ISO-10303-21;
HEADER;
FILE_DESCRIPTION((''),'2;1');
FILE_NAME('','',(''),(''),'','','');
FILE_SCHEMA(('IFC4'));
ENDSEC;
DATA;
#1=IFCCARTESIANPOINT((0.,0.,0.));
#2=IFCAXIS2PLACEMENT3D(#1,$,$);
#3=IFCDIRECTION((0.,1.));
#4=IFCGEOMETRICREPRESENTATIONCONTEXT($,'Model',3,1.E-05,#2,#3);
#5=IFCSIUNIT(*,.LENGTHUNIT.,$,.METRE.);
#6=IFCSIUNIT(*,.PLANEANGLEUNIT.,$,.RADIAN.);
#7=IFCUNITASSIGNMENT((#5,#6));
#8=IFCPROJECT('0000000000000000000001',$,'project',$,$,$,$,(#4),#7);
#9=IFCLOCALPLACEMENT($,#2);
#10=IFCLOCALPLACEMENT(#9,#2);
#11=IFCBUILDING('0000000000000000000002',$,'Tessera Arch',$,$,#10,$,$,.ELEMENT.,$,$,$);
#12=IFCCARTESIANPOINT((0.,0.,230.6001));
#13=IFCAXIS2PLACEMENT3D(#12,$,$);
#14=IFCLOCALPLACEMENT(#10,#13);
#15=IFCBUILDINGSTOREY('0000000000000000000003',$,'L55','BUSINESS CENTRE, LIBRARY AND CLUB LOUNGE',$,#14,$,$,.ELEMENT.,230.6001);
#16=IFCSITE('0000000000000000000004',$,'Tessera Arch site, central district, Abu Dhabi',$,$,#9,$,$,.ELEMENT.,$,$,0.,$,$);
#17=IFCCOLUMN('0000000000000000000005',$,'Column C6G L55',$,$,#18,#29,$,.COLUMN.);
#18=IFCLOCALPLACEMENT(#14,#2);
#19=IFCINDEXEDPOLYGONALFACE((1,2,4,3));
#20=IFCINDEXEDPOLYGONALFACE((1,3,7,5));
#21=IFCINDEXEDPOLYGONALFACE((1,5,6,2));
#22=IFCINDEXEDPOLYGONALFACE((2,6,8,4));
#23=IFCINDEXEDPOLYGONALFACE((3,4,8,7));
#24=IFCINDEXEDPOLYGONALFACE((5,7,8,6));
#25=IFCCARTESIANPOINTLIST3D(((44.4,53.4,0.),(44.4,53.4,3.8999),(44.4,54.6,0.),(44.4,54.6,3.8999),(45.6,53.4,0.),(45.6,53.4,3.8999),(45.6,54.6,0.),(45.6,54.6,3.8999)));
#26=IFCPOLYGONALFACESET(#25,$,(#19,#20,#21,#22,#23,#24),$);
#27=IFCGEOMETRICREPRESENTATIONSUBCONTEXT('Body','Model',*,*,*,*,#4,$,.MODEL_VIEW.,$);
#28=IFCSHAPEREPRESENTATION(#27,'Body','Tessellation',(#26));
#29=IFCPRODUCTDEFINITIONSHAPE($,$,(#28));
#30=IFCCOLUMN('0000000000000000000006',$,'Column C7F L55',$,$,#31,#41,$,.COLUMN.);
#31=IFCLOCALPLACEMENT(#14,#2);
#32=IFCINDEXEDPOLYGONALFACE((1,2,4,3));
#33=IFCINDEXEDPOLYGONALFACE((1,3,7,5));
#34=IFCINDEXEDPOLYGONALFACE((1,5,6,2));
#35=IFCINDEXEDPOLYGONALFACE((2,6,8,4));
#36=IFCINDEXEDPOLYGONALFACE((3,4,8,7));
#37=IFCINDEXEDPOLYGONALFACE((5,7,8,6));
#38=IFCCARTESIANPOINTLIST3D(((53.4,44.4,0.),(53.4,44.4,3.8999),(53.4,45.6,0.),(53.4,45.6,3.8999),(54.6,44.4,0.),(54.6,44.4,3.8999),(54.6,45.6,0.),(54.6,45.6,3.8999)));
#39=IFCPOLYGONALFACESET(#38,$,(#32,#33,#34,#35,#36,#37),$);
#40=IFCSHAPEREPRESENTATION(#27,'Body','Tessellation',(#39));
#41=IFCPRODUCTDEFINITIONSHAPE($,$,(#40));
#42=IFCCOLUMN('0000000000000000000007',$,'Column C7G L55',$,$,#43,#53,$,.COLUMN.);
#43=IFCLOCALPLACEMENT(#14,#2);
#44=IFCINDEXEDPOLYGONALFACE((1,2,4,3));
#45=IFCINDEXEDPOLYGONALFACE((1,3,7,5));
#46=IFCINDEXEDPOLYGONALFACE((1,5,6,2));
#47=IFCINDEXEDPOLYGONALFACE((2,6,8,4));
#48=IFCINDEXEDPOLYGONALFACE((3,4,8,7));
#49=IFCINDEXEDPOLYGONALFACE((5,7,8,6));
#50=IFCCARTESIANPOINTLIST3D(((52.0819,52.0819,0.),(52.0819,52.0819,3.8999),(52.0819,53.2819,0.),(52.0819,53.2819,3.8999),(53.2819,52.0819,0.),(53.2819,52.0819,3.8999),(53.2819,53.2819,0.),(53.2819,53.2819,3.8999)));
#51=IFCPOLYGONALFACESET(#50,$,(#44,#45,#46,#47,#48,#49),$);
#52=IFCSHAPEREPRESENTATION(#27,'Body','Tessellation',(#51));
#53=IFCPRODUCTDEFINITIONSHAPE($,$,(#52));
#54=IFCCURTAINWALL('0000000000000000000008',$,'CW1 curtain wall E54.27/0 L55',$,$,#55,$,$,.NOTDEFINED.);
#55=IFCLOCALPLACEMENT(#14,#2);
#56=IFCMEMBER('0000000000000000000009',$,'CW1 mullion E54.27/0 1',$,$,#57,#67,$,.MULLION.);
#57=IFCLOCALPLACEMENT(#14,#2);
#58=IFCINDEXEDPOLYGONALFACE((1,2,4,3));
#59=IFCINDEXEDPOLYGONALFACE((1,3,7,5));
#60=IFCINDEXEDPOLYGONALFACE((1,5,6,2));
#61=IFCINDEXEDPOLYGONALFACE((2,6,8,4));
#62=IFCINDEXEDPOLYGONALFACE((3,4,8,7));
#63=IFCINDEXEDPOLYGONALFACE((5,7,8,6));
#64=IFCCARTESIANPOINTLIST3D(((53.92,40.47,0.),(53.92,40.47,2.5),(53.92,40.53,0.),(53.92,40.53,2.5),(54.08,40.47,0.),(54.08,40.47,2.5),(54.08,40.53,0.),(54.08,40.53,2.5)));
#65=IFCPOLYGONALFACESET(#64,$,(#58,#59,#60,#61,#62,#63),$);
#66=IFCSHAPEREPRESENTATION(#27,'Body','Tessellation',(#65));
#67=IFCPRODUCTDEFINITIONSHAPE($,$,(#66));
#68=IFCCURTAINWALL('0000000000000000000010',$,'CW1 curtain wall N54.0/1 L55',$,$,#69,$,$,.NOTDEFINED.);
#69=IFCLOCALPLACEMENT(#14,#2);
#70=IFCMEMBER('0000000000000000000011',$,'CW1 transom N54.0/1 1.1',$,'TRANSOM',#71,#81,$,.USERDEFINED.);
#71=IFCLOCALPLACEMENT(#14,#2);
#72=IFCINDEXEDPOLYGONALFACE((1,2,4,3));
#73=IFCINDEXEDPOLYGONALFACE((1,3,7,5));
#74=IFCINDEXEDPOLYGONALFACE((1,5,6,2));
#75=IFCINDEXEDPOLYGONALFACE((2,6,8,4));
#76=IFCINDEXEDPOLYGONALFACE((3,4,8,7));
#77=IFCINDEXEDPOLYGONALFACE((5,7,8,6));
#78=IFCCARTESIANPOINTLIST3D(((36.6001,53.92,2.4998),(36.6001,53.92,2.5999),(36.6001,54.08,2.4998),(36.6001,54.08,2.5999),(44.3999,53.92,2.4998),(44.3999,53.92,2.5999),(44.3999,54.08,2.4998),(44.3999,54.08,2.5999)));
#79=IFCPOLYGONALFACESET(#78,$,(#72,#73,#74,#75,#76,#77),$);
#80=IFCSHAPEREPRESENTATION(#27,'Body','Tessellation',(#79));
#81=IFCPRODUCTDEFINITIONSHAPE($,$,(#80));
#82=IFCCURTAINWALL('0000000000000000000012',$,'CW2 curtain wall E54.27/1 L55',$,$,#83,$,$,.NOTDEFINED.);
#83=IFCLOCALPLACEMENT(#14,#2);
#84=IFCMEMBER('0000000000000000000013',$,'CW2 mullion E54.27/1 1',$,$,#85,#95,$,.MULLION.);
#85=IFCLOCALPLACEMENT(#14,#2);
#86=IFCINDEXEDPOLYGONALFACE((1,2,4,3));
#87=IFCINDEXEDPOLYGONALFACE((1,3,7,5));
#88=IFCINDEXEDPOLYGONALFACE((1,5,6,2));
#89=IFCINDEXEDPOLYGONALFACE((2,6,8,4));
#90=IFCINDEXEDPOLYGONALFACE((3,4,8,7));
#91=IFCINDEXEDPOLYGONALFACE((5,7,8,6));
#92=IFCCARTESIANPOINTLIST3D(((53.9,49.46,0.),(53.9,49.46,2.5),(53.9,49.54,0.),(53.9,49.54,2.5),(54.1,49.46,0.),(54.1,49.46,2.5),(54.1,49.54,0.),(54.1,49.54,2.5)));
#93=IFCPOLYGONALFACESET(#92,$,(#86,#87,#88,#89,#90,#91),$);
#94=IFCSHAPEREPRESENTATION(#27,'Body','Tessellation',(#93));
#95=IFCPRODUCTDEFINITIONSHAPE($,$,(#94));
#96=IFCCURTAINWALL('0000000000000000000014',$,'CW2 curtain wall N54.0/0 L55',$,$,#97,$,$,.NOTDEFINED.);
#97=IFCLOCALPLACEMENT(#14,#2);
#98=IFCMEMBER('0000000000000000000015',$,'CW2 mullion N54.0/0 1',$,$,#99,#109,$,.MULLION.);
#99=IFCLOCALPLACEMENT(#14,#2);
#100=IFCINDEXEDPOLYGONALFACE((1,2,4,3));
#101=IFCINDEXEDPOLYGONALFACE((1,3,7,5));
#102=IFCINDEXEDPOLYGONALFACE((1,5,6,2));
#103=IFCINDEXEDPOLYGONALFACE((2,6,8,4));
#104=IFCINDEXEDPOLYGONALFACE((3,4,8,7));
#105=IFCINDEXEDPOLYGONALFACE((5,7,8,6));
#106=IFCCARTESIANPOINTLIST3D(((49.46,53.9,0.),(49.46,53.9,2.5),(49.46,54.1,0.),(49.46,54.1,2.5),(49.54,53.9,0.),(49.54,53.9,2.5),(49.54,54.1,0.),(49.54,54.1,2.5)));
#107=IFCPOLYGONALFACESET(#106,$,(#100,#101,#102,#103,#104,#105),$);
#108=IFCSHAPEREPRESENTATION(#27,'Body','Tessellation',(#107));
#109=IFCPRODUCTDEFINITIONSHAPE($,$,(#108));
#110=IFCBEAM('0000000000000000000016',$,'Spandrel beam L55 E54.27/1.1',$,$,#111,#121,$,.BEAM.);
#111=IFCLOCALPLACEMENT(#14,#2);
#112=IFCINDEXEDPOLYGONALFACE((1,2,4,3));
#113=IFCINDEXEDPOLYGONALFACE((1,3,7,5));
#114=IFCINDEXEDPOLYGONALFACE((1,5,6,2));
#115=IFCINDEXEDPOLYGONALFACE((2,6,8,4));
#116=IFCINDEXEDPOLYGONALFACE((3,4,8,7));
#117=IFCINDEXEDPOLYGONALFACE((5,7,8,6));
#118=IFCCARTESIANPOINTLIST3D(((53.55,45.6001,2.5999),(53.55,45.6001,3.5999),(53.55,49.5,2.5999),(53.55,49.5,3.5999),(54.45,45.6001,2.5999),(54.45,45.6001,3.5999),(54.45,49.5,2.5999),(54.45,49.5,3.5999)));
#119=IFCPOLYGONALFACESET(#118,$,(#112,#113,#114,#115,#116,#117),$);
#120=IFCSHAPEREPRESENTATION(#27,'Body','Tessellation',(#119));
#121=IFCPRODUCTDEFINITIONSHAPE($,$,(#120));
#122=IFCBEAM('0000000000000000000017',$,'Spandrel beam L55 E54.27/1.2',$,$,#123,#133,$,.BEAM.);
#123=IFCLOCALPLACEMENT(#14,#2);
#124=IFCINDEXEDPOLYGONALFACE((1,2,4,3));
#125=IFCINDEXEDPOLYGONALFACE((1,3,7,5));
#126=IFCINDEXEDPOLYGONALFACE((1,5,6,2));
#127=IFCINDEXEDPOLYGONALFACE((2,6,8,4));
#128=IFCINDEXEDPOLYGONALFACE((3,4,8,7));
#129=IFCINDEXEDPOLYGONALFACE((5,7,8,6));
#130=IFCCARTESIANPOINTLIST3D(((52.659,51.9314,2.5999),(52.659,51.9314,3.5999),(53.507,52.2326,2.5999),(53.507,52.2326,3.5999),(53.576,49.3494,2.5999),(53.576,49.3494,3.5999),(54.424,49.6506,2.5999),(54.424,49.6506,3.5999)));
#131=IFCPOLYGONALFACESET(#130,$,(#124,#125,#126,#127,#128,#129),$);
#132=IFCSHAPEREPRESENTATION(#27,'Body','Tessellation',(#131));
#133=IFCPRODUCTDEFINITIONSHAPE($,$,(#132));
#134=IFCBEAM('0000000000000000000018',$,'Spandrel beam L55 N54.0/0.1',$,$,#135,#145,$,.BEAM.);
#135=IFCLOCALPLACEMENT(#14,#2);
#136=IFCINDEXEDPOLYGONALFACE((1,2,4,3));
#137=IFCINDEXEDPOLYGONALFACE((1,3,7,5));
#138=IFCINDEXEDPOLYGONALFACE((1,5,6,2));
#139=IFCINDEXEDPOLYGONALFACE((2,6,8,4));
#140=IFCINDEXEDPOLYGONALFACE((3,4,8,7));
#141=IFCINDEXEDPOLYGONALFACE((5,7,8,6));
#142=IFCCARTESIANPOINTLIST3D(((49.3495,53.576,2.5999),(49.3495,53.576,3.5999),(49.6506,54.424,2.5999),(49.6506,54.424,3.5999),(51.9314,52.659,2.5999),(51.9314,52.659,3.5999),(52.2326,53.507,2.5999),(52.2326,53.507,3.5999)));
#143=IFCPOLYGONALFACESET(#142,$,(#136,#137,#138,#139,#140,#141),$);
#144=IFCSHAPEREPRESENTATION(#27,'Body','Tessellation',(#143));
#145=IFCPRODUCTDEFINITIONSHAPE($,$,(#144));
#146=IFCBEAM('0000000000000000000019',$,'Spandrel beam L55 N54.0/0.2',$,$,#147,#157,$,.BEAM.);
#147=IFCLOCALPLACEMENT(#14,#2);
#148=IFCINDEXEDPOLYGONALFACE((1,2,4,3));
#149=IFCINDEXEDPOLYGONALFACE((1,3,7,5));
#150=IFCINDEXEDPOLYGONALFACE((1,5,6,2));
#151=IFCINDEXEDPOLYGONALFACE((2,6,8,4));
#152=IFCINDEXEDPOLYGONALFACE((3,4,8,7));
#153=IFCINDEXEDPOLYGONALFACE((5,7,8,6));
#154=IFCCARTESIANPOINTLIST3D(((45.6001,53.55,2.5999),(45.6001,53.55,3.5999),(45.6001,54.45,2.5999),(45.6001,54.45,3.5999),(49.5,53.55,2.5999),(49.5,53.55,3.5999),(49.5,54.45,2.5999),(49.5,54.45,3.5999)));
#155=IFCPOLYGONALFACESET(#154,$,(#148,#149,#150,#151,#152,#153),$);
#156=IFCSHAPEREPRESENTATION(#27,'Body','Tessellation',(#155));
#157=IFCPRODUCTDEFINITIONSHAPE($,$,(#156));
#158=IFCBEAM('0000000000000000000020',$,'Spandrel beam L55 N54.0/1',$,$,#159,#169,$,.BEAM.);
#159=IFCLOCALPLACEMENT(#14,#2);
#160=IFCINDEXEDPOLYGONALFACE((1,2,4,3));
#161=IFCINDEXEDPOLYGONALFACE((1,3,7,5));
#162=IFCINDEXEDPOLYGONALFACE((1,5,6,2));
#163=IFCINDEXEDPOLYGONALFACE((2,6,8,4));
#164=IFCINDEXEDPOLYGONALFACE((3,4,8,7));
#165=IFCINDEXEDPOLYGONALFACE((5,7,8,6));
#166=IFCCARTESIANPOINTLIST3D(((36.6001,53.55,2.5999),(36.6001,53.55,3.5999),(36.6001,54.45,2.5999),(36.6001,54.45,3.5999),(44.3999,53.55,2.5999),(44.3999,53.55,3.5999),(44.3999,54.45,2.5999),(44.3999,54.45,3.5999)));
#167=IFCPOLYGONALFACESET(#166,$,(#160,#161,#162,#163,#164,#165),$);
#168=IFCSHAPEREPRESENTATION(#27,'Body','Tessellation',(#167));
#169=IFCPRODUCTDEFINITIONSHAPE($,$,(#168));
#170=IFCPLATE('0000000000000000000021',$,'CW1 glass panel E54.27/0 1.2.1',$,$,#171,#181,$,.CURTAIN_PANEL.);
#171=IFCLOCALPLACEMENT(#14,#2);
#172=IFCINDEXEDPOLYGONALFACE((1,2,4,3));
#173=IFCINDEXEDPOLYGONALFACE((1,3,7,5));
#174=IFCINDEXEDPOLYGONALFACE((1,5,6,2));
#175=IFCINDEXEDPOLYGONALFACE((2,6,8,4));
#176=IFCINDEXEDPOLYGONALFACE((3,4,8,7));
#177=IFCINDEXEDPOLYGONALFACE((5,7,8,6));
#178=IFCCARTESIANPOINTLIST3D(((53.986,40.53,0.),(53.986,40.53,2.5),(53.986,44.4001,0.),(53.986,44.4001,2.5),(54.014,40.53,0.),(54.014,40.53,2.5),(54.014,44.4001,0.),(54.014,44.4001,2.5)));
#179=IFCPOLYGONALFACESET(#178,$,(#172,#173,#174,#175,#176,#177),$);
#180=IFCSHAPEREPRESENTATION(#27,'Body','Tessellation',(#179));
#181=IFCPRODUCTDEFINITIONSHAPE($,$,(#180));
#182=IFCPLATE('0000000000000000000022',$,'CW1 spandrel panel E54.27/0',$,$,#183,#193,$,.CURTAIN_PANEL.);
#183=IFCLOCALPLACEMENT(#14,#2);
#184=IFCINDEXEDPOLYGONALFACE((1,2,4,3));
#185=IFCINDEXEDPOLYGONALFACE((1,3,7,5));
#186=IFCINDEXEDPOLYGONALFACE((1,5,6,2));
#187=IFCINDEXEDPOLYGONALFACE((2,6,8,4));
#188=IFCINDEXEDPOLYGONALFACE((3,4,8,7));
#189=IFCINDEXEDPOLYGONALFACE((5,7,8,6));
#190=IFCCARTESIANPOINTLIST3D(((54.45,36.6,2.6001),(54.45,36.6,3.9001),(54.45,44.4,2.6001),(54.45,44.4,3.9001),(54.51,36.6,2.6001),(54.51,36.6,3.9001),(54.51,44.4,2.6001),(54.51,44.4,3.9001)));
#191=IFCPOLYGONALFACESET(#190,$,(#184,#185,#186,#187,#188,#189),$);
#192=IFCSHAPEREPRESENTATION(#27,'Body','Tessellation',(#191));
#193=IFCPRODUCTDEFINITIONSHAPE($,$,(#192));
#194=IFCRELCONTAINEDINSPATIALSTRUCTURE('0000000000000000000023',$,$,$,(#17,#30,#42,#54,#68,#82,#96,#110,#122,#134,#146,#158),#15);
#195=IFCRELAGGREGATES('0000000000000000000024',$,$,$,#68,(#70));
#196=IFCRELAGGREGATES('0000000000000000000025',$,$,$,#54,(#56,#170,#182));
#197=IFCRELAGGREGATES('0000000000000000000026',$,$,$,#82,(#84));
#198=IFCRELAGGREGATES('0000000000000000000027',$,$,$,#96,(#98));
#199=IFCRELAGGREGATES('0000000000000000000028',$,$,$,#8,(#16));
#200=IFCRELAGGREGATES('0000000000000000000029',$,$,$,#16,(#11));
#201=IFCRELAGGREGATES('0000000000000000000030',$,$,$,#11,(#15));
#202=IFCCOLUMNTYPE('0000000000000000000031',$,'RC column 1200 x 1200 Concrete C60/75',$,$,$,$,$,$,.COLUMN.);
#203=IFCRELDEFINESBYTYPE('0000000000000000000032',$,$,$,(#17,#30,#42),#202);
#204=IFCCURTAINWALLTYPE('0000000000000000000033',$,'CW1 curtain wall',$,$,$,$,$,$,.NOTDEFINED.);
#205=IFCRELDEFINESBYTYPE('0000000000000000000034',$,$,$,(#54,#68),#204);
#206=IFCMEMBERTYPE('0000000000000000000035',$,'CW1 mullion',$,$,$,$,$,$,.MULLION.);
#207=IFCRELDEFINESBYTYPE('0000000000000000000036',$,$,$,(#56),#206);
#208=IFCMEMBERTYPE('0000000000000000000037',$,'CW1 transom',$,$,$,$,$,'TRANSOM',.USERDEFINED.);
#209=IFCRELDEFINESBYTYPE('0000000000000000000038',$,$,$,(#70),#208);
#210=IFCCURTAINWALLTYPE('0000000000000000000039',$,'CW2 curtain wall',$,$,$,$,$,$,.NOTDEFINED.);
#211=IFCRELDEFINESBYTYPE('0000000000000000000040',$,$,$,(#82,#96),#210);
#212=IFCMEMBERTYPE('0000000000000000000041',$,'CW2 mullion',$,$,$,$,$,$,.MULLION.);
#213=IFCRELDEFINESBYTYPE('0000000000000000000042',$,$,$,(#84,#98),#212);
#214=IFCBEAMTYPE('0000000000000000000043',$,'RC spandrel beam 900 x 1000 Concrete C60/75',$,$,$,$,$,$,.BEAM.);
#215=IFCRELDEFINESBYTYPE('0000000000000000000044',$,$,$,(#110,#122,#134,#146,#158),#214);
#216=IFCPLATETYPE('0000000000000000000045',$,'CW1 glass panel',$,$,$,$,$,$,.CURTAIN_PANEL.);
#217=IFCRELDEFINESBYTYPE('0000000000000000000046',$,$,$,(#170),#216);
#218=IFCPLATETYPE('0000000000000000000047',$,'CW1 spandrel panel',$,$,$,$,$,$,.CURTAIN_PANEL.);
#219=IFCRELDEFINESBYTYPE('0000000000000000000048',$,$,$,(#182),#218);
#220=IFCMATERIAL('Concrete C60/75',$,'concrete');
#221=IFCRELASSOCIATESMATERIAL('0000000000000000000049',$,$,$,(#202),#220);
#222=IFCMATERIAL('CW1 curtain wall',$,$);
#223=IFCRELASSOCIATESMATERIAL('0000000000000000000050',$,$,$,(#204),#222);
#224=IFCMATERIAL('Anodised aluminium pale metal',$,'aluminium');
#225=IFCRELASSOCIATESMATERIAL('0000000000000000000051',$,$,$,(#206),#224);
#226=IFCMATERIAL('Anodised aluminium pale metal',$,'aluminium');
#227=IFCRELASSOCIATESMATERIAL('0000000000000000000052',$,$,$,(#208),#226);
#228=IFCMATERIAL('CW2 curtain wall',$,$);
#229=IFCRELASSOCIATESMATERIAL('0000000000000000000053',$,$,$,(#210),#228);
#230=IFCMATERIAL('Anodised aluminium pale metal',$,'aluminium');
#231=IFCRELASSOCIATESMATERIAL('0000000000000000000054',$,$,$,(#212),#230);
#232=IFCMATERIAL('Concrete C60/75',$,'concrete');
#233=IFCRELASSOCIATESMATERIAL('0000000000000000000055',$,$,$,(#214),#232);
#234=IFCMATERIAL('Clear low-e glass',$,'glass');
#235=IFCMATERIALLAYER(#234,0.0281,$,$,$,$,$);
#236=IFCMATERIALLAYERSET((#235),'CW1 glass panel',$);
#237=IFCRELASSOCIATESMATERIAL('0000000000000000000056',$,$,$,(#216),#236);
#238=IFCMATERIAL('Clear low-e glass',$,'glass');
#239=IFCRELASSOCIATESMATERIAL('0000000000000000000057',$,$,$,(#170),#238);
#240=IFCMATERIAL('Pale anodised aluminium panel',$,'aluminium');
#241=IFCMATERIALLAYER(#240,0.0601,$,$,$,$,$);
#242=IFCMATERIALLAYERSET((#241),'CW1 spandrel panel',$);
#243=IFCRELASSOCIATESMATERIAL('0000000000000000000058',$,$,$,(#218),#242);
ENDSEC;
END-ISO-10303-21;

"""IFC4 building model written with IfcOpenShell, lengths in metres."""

from ifc_helpers import new_model, si_unit, direction, frame, origin, origin_2d, place, context, subcontext, project, spatial, rectangle, extrude, material, layer, layer_set, material_profile, profile_set, type_object, element, aggregate, save


model = new_model("IFC4")

# Units and contexts
model_context = context("Model", 3, precision=1e-05, world=origin(), true_north=direction((0.0, 1.0)))
body_context = subcontext(model_context, "Body", "Model", "MODEL_VIEW")
ifc_project = project(units=[si_unit("LENGTHUNIT", "METRE"), si_unit("PLANEANGLEUNIT", "RADIAN")], contexts=[model_context])

# Site, building, storey
site_placement = place(None, origin())
site = spatial("IfcSite", under=ifc_project, at=site_placement, Name="Tessera Arch site, central district, Abu Dhabi", CompositionType="ELEMENT", RefElevation=0.0)
building_placement = place(site_placement, origin())
building = spatial("IfcBuilding", under=site, at=building_placement, Name="Tessera Arch", CompositionType="ELEMENT")
storey_placement = place(building_placement, frame((0.0, 0.0, 230.6001)))
storey = spatial("IfcBuildingStorey", under=building, at=storey_placement, Name="L55", Description="BUSINESS CENTRE, LIBRARY AND CLUB LOUNGE", CompositionType="ELEMENT", Elevation=230.6001)

# Columns
ifc_material_1 = material(Name="Concrete C60/75", Category="concrete")
ifc_material_profile_1 = material_profile(ifc_material_1, rectangle(XDim=1.2, YDim=1.2, at=origin_2d()), Name="RC column 1200 x 1200 Concrete C60/75")
ifc_profile_set_1 = profile_set([ifc_material_profile_1], Name="Concrete C60/75")
column_type = type_object("IfcColumnType", Name="RC column 1200 x 1200 Concrete C60/75", PredefinedType="COLUMN", material=ifc_profile_set_1)
for number, where, z_axis, x_axis, name in (
    (1, (45.0, 54.0, 0.0), (0.0, 0.0, 1.0), (1.0, 0.0, 0.0), "Column C6G L55"),
    (2, (54.0, 45.0, 0.0), (0.0, 0.0, 1.0), (1.0, 0.0, 0.0), "Column C7F L55"),
    (3, (52.6819, 52.6819, 0.0), (0.0, 0.0, 1.0), (1.0, 0.0, 0.0), "Column C7G L55"),
):
    element("IfcColumn", number, at=place(storey_placement, frame(where, z_axis=z_axis, x_axis=x_axis)), inside=storey, type_object=column_type, Name=name, PredefinedType="COLUMN", context=body_context, shape_type="SweptSolid", body=[
        extrude(rectangle(XDim=1.2, YDim=1.2, at=origin_2d()), origin(), (0.0, 0.0, 1.0), 3.8999),
    ])

# Curtain walls, members
ifc_material_2 = material(Name="CW1 curtain wall")
curtain_wall_type_1 = type_object("IfcCurtainWallType", Name="CW1 curtain wall", PredefinedType="NOTDEFINED", material=ifc_material_2)
curtain_wall_1_placement = place(storey_placement, origin())
curtain_wall_1 = element("IfcCurtainWall", 4, at=curtain_wall_1_placement, inside=storey, type_object=curtain_wall_type_1, Name="CW1 curtain wall E54.27/0 L55", PredefinedType="NOTDEFINED")
ifc_material_3 = material(Name="Anodised aluminium pale metal", Category="aluminium")
ifc_material_profile_2 = material_profile(ifc_material_3, rectangle(XDim=0.1599, YDim=0.0601, at=origin_2d()), Name="AL 60x160")
ifc_profile_set_2 = profile_set([ifc_material_profile_2], Name="Anodised aluminium pale metal")
member_type_1 = type_object("IfcMemberType", Name="CW1 mullion", PredefinedType="MULLION", material=ifc_profile_set_2)
member_1_placement = place(storey_placement, frame((54.0, 40.5, 0.0), z_axis=(0.0, 0.0, 1.0), x_axis=(-1.0, 0.0, 0.0)))
member_1 = element("IfcMember", 5, at=member_1_placement, type_object=member_type_1, Name="CW1 mullion E54.27/0 1", PredefinedType="MULLION", context=body_context, shape_type="SweptSolid", body=[
    extrude(rectangle(XDim=0.1599, YDim=0.0601, at=origin_2d()), origin(), (0.0, 0.0, 1.0), 2.5),
])
curtain_wall_2_placement = place(storey_placement, origin())
curtain_wall_2 = element("IfcCurtainWall", 6, at=curtain_wall_2_placement, inside=storey, type_object=curtain_wall_type_1, Name="CW1 curtain wall N54.0/1 L55", PredefinedType="NOTDEFINED")
ifc_material_4 = material(Name="Anodised aluminium pale metal", Category="aluminium")
ifc_material_profile_3 = material_profile(ifc_material_4, rectangle(XDim=0.1599, YDim=0.1001, at=origin_2d()), Name="AL 160x100")
ifc_profile_set_3 = profile_set([ifc_material_profile_3], Name="Anodised aluminium pale metal")
member_type_2 = type_object("IfcMemberType", Name="CW1 transom", ElementType="TRANSOM", PredefinedType="USERDEFINED", material=ifc_profile_set_3)
member_2_placement = place(storey_placement, frame((44.3999, 54.0, 2.5498), z_axis=(-1.0, 0.0, 0.0), x_axis=(0.0, -1.0, 0.0)))
member_2 = element("IfcMember", 7, at=member_2_placement, type_object=member_type_2, Name="CW1 transom N54.0/1 1.1", ObjectType="TRANSOM", PredefinedType="USERDEFINED", context=body_context, shape_type="SweptSolid", body=[
    extrude(rectangle(XDim=0.1599, YDim=0.1001, at=origin_2d()), origin(), (0.0, 0.0, 1.0), 7.7998),
])
aggregate(curtain_wall_2, [member_2])
ifc_material_5 = material(Name="CW2 curtain wall")
curtain_wall_type_2 = type_object("IfcCurtainWallType", Name="CW2 curtain wall", PredefinedType="NOTDEFINED", material=ifc_material_5)
curtain_wall_3_placement = place(storey_placement, origin())
curtain_wall_3 = element("IfcCurtainWall", 8, at=curtain_wall_3_placement, inside=storey, type_object=curtain_wall_type_2, Name="CW2 curtain wall E54.27/1 L55", PredefinedType="NOTDEFINED")
ifc_material_6 = material(Name="Anodised aluminium pale metal", Category="aluminium")
ifc_material_profile_4 = material_profile(ifc_material_6, rectangle(XDim=0.2, YDim=0.0801, at=origin_2d()), Name="AL 80x200")
ifc_profile_set_4 = profile_set([ifc_material_profile_4], Name="Anodised aluminium pale metal")
member_type_3 = type_object("IfcMemberType", Name="CW2 mullion", PredefinedType="MULLION", material=ifc_profile_set_4)
member_3_placement = place(storey_placement, frame((54.0, 49.5, 0.0), z_axis=(0.0, 0.0, 1.0), x_axis=(-1.0, 0.0, 0.0)))
member_3 = element("IfcMember", 9, at=member_3_placement, type_object=member_type_3, Name="CW2 mullion E54.27/1 1", PredefinedType="MULLION", context=body_context, shape_type="SweptSolid", body=[
    extrude(rectangle(XDim=0.2, YDim=0.0801, at=origin_2d()), origin(), (0.0, 0.0, 1.0), 2.5),
])
curtain_wall_4_placement = place(storey_placement, origin())
curtain_wall_4 = element("IfcCurtainWall", 10, at=curtain_wall_4_placement, inside=storey, type_object=curtain_wall_type_2, Name="CW2 curtain wall N54.0/0 L55", PredefinedType="NOTDEFINED")
member_4_placement = place(storey_placement, frame((49.5, 54.0, 0.0), z_axis=(0.0, 0.0, 1.0), x_axis=(0.0, -1.0, 0.0)))
member_4 = element("IfcMember", 11, at=member_4_placement, type_object=member_type_3, Name="CW2 mullion N54.0/0 1", PredefinedType="MULLION", context=body_context, shape_type="SweptSolid", body=[
    extrude(rectangle(XDim=0.2, YDim=0.0801, at=origin_2d()), origin(), (0.0, 0.0, 1.0), 2.5),
])

# Beams
ifc_material_7 = material(Name="Concrete C60/75", Category="concrete")
ifc_material_profile_5 = material_profile(ifc_material_7, rectangle(XDim=0.8999, YDim=1.0, at=origin_2d()), Name="RC spandrel beam 900 x 1000 Concrete C60/75")
ifc_profile_set_5 = profile_set([ifc_material_profile_5], Name="Concrete C60/75")
beam_type = type_object("IfcBeamType", Name="RC spandrel beam 900 x 1000 Concrete C60/75", PredefinedType="BEAM", material=ifc_profile_set_5)
beam_1_placement = place(storey_placement, frame((54.0, 45.6001, 3.0999), z_axis=(0.0, 1.0, 0.0), x_axis=(-1.0, 0.0, 0.0)))
element("IfcBeam", 12, at=beam_1_placement, inside=storey, type_object=beam_type, Name="Spandrel beam L55 E54.27/1.1", PredefinedType="BEAM", context=body_context, shape_type="SweptSolid", body=[
    extrude(rectangle(XDim=0.8999, YDim=1.0, at=origin_2d()), origin(), (0.0, 0.0, 1.0), 3.8999),
])
for number, where, z_axis, x_axis, name in (
    (13, (54.0, 49.5, 3.0999), (-0.334665, 0.942337, 0.0), (-0.942337, -0.334665, 0.0), "Spandrel beam L55 E54.27/1.2"),
    (14, (52.082, 53.083, 3.0999), (-0.942337, 0.334665, 0.0), (-0.334665, -0.942337, 0.0), "Spandrel beam L55 N54.0/0.1"),
):
    element("IfcBeam", number, at=place(storey_placement, frame(where, z_axis=z_axis, x_axis=x_axis)), inside=storey, type_object=beam_type, Name=name, PredefinedType="BEAM", context=body_context, shape_type="SweptSolid", body=[
        extrude(rectangle(XDim=0.8999, YDim=1.0, at=origin_2d()), origin(), (0.0, 0.0, 1.0), 2.74),
    ])
beam_2_placement = place(storey_placement, frame((49.5, 54.0, 3.0999), z_axis=(-1.0, 0.0, 0.0), x_axis=(0.0, -1.0, 0.0)))
element("IfcBeam", 15, at=beam_2_placement, inside=storey, type_object=beam_type, Name="Spandrel beam L55 N54.0/0.2", PredefinedType="BEAM", context=body_context, shape_type="SweptSolid", body=[
    extrude(rectangle(XDim=0.8999, YDim=1.0, at=origin_2d()), origin(), (0.0, 0.0, 1.0), 3.8999),
])
beam_3_placement = place(storey_placement, frame((44.3999, 54.0, 3.0999), z_axis=(-1.0, 0.0, 0.0), x_axis=(0.0, -1.0, 0.0)))
element("IfcBeam", 16, at=beam_3_placement, inside=storey, type_object=beam_type, Name="Spandrel beam L55 N54.0/1", PredefinedType="BEAM", context=body_context, shape_type="SweptSolid", body=[
    extrude(rectangle(XDim=0.8999, YDim=1.0, at=origin_2d()), origin(), (0.0, 0.0, 1.0), 7.7998),
])

# Plates
ifc_material_8 = material(Name="Clear low-e glass", Category="glass")
ifc_material_9 = material(Name="Clear low-e glass", Category="glass")
ifc_layer_1 = layer(ifc_material_9, 0.0281)
ifc_layer_set_1 = layer_set([ifc_layer_1], Name="CW1 glass panel")
plate_type_1 = type_object("IfcPlateType", Name="CW1 glass panel", PredefinedType="CURTAIN_PANEL", material=ifc_layer_set_1)
plate_1_placement = place(storey_placement, frame((54.0, 42.4651, 0.0), z_axis=(0.0, 0.0, 1.0), x_axis=(0.0, 1.0, 0.0)))
plate_1 = element("IfcPlate", 17, at=plate_1_placement, type_object=plate_type_1, material=ifc_material_8, Name="CW1 glass panel E54.27/0 1.2.1", PredefinedType="CURTAIN_PANEL", context=body_context, shape_type="SweptSolid", body=[
    extrude(rectangle(XDim=3.8701, YDim=0.0281, at=origin_2d()), origin(), (0.0, 0.0, 1.0), 2.5),
])
ifc_material_10 = material(Name="Pale anodised aluminium panel", Category="aluminium")
ifc_layer_2 = layer(ifc_material_10, 0.0601)
ifc_layer_set_2 = layer_set([ifc_layer_2], Name="CW1 spandrel panel")
plate_type_2 = type_object("IfcPlateType", Name="CW1 spandrel panel", PredefinedType="CURTAIN_PANEL", material=ifc_layer_set_2)
plate_2_placement = place(storey_placement, frame((54.48, 40.5, 2.6001), z_axis=(0.0, 0.0, 1.0), x_axis=(0.0, 1.0, 0.0)))
plate_2 = element("IfcPlate", 18, at=plate_2_placement, type_object=plate_type_2, Name="CW1 spandrel panel E54.27/0", PredefinedType="CURTAIN_PANEL", context=body_context, shape_type="SweptSolid", body=[
    extrude(rectangle(XDim=7.8, YDim=0.0601, at=origin_2d()), origin(), (0.0, 0.0, 1.0), 1.3),
])
aggregate(curtain_wall_1, [member_1, plate_1, plate_2])
aggregate(curtain_wall_3, [member_3])
aggregate(curtain_wall_4, [member_4])

save(model, "model.ifc")
